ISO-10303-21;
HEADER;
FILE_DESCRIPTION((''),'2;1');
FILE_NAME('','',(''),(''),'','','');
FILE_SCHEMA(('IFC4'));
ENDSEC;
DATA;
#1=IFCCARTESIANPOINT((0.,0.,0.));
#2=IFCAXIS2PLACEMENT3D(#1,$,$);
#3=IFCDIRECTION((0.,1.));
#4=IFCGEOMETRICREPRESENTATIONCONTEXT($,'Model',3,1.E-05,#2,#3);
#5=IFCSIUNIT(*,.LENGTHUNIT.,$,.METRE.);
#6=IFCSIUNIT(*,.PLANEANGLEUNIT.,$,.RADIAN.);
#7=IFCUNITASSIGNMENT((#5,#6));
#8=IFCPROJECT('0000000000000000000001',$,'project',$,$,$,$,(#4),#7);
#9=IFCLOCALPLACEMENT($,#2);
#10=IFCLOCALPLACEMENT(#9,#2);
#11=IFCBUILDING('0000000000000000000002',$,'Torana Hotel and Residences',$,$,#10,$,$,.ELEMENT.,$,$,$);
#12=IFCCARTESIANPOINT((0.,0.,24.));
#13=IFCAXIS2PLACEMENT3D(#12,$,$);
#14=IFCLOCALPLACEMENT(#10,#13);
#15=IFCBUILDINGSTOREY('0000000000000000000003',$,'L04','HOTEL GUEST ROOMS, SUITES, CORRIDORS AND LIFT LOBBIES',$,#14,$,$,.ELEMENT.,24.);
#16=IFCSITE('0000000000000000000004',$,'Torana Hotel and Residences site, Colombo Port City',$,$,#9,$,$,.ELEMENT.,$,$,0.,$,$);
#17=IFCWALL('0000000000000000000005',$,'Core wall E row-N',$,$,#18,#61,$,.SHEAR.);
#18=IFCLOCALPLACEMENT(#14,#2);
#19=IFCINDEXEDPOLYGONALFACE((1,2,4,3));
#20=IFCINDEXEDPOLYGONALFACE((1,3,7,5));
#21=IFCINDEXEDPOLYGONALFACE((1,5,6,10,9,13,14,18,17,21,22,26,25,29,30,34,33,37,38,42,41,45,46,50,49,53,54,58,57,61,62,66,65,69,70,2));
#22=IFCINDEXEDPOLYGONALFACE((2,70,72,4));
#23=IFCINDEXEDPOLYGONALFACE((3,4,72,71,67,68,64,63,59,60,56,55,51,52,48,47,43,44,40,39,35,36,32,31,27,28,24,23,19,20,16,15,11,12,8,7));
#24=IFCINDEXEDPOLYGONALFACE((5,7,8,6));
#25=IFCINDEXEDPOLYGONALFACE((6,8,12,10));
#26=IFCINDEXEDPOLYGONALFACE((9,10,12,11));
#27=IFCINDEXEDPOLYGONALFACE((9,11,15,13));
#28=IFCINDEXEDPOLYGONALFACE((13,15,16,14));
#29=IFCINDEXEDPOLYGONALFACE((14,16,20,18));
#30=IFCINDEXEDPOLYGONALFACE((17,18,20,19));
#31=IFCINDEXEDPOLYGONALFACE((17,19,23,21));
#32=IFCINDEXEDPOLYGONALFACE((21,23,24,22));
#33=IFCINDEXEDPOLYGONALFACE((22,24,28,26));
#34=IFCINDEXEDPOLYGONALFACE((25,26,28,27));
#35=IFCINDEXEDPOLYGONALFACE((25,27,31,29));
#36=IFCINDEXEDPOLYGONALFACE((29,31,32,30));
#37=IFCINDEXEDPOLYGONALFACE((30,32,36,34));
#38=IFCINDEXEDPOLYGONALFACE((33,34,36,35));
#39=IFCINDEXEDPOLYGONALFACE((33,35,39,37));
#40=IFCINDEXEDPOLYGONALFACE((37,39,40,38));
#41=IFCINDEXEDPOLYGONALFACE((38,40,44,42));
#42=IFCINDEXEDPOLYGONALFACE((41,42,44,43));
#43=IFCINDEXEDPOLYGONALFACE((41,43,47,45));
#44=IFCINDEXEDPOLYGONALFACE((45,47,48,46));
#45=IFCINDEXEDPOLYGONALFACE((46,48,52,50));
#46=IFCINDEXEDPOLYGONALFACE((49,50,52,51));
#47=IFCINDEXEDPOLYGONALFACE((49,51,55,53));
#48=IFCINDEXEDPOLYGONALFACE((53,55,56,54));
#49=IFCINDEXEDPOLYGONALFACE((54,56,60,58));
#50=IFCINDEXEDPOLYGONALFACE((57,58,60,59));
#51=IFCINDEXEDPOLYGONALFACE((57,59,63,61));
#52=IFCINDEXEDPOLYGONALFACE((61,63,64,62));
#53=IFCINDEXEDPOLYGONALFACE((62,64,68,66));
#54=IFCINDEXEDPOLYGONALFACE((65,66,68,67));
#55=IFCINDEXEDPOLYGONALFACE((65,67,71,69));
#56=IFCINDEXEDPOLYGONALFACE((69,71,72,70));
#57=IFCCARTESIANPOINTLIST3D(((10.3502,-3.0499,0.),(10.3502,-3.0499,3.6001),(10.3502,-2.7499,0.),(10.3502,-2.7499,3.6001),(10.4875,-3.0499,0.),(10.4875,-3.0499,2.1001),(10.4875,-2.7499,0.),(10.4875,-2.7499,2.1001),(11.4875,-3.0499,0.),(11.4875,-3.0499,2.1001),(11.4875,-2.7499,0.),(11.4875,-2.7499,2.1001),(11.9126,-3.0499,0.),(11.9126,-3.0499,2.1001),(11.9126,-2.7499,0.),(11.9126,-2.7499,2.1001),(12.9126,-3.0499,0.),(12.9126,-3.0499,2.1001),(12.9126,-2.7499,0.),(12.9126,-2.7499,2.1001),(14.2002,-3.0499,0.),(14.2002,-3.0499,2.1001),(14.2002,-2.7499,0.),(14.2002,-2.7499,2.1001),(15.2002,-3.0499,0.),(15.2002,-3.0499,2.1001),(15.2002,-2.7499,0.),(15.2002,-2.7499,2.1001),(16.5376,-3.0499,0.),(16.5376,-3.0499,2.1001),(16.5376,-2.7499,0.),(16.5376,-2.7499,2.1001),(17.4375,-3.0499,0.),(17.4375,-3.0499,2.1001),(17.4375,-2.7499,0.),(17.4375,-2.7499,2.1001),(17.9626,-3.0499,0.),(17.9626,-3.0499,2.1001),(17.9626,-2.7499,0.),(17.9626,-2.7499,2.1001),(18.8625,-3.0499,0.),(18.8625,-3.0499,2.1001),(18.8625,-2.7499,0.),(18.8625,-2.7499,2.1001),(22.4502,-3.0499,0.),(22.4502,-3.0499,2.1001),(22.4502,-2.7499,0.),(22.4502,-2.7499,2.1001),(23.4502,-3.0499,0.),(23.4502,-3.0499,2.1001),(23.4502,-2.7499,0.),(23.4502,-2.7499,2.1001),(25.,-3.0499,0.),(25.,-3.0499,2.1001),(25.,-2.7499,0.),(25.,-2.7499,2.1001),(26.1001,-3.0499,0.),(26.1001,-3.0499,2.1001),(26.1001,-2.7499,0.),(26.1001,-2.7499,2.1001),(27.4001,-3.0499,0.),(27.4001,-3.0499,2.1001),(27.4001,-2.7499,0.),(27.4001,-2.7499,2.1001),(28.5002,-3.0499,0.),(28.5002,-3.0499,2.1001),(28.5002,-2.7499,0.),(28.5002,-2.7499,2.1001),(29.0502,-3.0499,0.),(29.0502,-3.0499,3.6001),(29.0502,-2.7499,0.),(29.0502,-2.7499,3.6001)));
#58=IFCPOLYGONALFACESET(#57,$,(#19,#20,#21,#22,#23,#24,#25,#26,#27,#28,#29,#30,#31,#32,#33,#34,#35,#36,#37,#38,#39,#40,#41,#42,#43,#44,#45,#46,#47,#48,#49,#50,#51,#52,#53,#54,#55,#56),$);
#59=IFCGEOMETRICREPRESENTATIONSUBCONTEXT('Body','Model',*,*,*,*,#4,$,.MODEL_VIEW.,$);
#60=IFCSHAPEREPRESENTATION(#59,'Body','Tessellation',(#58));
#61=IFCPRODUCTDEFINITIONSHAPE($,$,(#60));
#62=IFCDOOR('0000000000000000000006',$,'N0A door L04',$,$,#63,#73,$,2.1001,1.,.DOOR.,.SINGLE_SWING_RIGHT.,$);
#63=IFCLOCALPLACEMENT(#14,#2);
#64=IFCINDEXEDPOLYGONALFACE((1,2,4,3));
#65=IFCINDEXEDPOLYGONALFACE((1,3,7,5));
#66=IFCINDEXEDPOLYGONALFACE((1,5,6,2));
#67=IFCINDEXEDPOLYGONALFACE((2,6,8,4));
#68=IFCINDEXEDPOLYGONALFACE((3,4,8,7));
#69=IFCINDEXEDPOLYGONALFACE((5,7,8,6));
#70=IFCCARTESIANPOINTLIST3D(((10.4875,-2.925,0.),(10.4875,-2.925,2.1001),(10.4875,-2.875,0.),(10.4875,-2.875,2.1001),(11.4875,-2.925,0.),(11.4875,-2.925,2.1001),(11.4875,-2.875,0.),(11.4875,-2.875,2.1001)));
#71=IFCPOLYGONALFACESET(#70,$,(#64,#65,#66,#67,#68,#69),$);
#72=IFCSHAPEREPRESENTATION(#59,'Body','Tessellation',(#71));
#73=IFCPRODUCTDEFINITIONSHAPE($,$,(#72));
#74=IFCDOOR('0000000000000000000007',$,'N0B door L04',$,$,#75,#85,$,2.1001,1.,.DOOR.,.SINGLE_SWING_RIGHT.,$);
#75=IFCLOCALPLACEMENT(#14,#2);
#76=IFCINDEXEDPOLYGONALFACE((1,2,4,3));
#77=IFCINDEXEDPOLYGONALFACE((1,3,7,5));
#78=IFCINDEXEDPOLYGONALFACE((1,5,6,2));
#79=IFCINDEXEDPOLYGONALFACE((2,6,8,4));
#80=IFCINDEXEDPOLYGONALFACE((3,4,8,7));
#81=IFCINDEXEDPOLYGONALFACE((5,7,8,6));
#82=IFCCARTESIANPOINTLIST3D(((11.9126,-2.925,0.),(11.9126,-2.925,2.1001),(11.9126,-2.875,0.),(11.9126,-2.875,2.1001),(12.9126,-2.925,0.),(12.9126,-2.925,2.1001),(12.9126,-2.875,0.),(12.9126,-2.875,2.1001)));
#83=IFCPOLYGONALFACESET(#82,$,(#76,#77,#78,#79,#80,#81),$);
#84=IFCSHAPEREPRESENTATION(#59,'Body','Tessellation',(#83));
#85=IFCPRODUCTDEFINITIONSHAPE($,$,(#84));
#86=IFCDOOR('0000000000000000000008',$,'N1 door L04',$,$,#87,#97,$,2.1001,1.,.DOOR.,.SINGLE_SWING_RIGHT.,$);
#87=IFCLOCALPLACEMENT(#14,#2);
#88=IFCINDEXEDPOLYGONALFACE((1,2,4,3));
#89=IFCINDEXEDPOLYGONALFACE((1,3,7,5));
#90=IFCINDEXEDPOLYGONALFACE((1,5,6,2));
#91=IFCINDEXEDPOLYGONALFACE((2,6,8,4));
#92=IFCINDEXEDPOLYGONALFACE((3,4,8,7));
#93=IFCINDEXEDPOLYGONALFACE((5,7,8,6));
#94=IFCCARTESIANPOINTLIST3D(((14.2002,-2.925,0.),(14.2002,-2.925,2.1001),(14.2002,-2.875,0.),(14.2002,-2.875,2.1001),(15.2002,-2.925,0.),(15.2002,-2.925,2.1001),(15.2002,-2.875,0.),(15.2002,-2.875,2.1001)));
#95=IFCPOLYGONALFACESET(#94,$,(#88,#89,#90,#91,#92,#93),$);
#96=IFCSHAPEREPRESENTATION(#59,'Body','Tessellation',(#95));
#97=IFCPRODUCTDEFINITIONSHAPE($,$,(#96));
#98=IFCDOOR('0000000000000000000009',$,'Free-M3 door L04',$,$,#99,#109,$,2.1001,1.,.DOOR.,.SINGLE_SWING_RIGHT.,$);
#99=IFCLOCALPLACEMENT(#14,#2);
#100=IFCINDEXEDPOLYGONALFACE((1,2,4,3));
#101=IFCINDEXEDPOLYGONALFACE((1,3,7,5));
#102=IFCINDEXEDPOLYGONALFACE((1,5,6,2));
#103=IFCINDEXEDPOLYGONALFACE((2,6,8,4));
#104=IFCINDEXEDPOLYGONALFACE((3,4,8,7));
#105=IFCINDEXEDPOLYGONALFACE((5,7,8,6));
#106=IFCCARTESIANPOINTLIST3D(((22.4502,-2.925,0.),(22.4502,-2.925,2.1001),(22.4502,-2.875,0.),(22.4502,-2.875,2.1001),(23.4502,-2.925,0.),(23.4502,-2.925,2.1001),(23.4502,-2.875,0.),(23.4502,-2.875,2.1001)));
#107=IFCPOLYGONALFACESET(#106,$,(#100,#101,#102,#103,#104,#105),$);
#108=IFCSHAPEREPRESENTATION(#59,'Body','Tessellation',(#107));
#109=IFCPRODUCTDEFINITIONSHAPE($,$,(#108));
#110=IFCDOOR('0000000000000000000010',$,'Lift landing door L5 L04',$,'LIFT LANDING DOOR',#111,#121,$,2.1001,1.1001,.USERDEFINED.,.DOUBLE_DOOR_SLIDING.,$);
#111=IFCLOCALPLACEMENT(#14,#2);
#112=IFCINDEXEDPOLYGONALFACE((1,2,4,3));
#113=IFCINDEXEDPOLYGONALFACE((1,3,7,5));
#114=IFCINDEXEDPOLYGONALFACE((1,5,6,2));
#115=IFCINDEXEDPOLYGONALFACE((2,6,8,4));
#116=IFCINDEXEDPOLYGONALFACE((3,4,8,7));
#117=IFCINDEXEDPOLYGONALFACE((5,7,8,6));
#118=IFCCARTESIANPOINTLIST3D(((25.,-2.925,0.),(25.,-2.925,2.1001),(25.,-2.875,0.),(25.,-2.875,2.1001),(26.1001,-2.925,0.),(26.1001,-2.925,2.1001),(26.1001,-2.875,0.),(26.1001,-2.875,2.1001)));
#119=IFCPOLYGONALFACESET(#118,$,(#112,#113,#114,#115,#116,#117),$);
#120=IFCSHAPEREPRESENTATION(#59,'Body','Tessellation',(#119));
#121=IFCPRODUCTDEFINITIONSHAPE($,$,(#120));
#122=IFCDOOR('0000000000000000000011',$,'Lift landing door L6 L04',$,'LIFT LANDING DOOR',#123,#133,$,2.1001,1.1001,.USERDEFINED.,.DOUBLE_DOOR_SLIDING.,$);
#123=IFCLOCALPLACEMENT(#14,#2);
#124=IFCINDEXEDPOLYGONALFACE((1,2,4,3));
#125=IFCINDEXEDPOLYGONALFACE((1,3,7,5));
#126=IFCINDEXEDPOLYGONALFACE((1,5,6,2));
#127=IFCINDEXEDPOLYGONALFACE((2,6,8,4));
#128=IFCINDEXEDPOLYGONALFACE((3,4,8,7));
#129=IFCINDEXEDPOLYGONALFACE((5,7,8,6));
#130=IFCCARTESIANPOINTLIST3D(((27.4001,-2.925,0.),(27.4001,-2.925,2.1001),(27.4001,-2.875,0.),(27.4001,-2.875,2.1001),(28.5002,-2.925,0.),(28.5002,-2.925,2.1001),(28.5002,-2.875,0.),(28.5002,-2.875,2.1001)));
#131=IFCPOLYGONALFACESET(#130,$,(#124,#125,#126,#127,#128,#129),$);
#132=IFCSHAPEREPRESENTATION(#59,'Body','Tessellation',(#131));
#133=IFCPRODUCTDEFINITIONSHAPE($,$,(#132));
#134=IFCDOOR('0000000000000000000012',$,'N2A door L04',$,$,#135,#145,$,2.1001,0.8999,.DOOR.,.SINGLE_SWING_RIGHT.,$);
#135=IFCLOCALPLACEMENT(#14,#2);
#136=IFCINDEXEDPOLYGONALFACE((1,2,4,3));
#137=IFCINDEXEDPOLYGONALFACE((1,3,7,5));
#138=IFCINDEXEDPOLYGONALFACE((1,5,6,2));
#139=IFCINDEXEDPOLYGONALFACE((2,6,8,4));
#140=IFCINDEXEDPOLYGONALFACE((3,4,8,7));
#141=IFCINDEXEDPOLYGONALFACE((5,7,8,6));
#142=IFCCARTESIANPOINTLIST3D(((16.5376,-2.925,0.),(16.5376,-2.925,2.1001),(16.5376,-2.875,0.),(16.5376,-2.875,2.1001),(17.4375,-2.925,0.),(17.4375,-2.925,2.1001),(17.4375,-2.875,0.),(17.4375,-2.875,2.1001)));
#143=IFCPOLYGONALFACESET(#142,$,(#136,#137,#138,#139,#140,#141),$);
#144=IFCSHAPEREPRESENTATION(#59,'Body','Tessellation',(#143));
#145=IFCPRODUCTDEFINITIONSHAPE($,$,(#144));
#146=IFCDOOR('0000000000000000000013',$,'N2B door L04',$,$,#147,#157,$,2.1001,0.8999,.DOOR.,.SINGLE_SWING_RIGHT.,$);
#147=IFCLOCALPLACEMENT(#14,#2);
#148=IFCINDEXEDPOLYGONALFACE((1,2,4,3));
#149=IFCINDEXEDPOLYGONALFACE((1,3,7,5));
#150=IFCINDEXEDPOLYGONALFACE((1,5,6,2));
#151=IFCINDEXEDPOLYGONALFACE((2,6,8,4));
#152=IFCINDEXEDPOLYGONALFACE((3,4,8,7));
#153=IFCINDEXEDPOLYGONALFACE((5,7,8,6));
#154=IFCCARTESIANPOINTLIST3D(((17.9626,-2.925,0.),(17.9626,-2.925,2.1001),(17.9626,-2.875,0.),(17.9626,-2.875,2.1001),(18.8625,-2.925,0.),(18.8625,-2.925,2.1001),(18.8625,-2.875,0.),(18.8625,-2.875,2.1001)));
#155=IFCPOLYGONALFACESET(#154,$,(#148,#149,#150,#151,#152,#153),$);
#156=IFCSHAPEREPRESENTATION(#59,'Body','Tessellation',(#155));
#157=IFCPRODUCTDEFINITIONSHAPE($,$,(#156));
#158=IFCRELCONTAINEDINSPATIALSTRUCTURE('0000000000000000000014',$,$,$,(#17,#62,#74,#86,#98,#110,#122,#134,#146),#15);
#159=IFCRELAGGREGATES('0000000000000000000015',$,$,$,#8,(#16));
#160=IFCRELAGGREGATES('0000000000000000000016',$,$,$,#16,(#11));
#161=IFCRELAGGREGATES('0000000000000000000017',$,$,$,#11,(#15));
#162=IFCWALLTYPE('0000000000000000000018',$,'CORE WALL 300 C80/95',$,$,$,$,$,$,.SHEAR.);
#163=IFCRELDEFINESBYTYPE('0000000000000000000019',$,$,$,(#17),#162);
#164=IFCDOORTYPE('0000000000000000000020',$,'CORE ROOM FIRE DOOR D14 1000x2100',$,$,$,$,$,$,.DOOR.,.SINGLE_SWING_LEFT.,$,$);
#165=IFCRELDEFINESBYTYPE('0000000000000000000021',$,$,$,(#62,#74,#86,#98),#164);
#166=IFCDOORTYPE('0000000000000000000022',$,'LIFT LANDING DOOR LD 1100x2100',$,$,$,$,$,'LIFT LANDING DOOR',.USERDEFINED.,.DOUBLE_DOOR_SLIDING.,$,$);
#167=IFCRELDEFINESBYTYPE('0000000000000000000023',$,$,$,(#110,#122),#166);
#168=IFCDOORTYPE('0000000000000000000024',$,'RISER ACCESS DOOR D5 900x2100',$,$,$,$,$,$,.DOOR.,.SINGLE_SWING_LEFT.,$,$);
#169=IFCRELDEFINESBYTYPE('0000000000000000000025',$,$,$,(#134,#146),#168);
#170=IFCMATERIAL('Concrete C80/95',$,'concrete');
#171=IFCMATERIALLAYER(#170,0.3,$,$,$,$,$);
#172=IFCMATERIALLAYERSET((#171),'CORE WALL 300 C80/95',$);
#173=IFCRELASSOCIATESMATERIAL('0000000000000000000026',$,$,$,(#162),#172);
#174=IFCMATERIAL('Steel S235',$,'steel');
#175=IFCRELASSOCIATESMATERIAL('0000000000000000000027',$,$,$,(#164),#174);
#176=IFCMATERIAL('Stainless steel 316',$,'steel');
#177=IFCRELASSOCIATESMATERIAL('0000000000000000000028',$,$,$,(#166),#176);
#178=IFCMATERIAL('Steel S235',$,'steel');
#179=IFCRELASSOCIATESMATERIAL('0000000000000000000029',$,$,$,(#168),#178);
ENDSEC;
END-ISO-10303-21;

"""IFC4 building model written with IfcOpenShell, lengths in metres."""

from ifc_helpers import new_model, si_unit, direction, frame, frame_2d, origin, place, context, subcontext, project, spatial, rectangle, extrude, material, layer, layer_set, type_object, element, fill, save


model = new_model("IFC4")

# Units and contexts
model_context = context("Model", 3, precision=1e-05, world=origin(), true_north=direction((0.0, 1.0)))
body_context = subcontext(model_context, "Body", "Model", "MODEL_VIEW")
ifc_project = project(units=[si_unit("LENGTHUNIT", "METRE"), si_unit("PLANEANGLEUNIT", "RADIAN")], contexts=[model_context])

# Site, building, storey
site_placement = place(None, origin())
site = spatial("IfcSite", under=ifc_project, at=site_placement, Name="Torana Hotel and Residences site, Colombo Port City", CompositionType="ELEMENT", RefElevation=0.0)
building_placement = place(site_placement, origin())
building = spatial("IfcBuilding", under=site, at=building_placement, Name="Torana Hotel and Residences", CompositionType="ELEMENT")
storey_placement = place(building_placement, frame((0.0, 0.0, 24.0)))
storey = spatial("IfcBuildingStorey", under=building, at=storey_placement, Name="L04", Description="HOTEL GUEST ROOMS, SUITES, CORRIDORS AND LIFT LOBBIES", CompositionType="ELEMENT", Elevation=24.0)

# Wall, openings, doors
ifc_material_1 = material(Name="Concrete C80/95", Category="concrete")
ifc_layer_1 = layer(ifc_material_1, 0.3)
ifc_layer_set_1 = layer_set([ifc_layer_1], Name="CORE WALL 300 C80/95")
wall_type_1 = type_object("IfcWallType", Name="CORE WALL 300 C80/95", PredefinedType="SHEAR", material=ifc_layer_set_1)
wall_placement = place(storey_placement, frame((10.3501, -2.8999, 0.0), z_axis=(0.0, 0.0, 1.0), x_axis=(1.0, 0.0, 0.0)))
wall = element("IfcWall", 1, at=wall_placement, inside=storey, type_object=wall_type_1, Name="Core wall E row-N", PredefinedType="SHEAR", context=body_context, shape_type="SweptSolid", body=[
    extrude(rectangle(XDim=18.7, YDim=0.3, at=frame_2d((9.3501, 0.0))), origin(), (0.0, 0.0, 1.0), 3.6001),
])
opening_1_placement = place(wall_placement, frame((14.6499, 0.0, 0.0)))
opening_1 = element("IfcOpeningElement", 2, at=opening_1_placement, cuts=wall, PredefinedType="OPENING", context=body_context, shape_type="SweptSolid", body=[
    extrude(rectangle(XDim=1.1001, YDim=2.1001, at=frame_2d((0.55, 1.05))), frame((0.0, 0.1599, 0.0), z_axis=(0.0, -1.0, 0.0), x_axis=(1.0, 0.0, 0.0)), (0.0, 0.0, 1.0), 0.3201),
])
opening_2_placement = place(wall_placement, frame((17.05, 0.0, 0.0)))
opening_2 = element("IfcOpeningElement", 3, at=opening_2_placement, cuts=wall, PredefinedType="OPENING", context=body_context, shape_type="SweptSolid", body=[
    extrude(rectangle(XDim=1.1001, YDim=2.1001, at=frame_2d((0.55, 1.05))), frame((0.0, 0.1599, 0.0), z_axis=(0.0, -1.0, 0.0), x_axis=(1.0, 0.0, 0.0)), (0.0, 0.0, 1.0), 0.3201),
])
opening_3_placement = place(wall_placement, frame((6.1875, 0.0, 0.0)))
opening_3 = element("IfcOpeningElement", 4, at=opening_3_placement, cuts=wall, PredefinedType="OPENING", context=body_context, shape_type="SweptSolid", body=[
    extrude(rectangle(XDim=0.8999, YDim=2.1001, at=frame_2d((0.45, 1.05))), frame((0.0, 0.1599, 0.0), z_axis=(0.0, -1.0, 0.0), x_axis=(1.0, 0.0, 0.0)), (0.0, 0.0, 1.0), 0.3201),
])
opening_4_placement = place(wall_placement, frame((7.6125, 0.0, 0.0)))
opening_4 = element("IfcOpeningElement", 5, at=opening_4_placement, cuts=wall, PredefinedType="OPENING", context=body_context, shape_type="SweptSolid", body=[
    extrude(rectangle(XDim=0.8999, YDim=2.1001, at=frame_2d((0.45, 1.05))), frame((0.0, 0.1599, 0.0), z_axis=(0.0, -1.0, 0.0), x_axis=(1.0, 0.0, 0.0)), (0.0, 0.0, 1.0), 0.3201),
])
opening_5_placement = place(wall_placement, frame((0.1375, 0.0, 0.0)))
opening_5 = element("IfcOpeningElement", 6, at=opening_5_placement, cuts=wall, PredefinedType="OPENING", context=body_context, shape_type="SweptSolid", body=[
    extrude(rectangle(XDim=1.0, YDim=2.1001, at=frame_2d((0.5, 1.05))), frame((0.0, 0.1599, 0.0), z_axis=(0.0, -1.0, 0.0), x_axis=(1.0, 0.0, 0.0)), (0.0, 0.0, 1.0), 0.3201),
])
opening_6_placement = place(wall_placement, frame((1.5625, 0.0, 0.0)))
opening_6 = element("IfcOpeningElement", 7, at=opening_6_placement, cuts=wall, PredefinedType="OPENING", context=body_context, shape_type="SweptSolid", body=[
    extrude(rectangle(XDim=1.0, YDim=2.1001, at=frame_2d((0.5, 1.05))), frame((0.0, 0.1599, 0.0), z_axis=(0.0, -1.0, 0.0), x_axis=(1.0, 0.0, 0.0)), (0.0, 0.0, 1.0), 0.3201),
])
opening_7_placement = place(wall_placement, frame((3.8501, 0.0, 0.0)))
opening_7 = element("IfcOpeningElement", 8, at=opening_7_placement, cuts=wall, PredefinedType="OPENING", context=body_context, shape_type="SweptSolid", body=[
    extrude(rectangle(XDim=1.0, YDim=2.1001, at=frame_2d((0.5, 1.05))), frame((0.0, 0.1599, 0.0), z_axis=(0.0, -1.0, 0.0), x_axis=(1.0, 0.0, 0.0)), (0.0, 0.0, 1.0), 0.3201),
])
opening_8_placement = place(wall_placement, frame((12.1001, 0.0, 0.0)))
opening_8 = element("IfcOpeningElement", 9, at=opening_8_placement, cuts=wall, PredefinedType="OPENING", context=body_context, shape_type="SweptSolid", body=[
    extrude(rectangle(XDim=1.0, YDim=2.1001, at=frame_2d((0.5, 1.05))), frame((0.0, 0.1599, 0.0), z_axis=(0.0, -1.0, 0.0), x_axis=(1.0, 0.0, 0.0)), (0.0, 0.0, 1.0), 0.3201),
])
ifc_material_2 = material(Name="Steel S235", Category="steel")
door_type_1 = type_object("IfcDoorType", Name="CORE ROOM FIRE DOOR D14 1000x2100", OperationType="SINGLE_SWING_LEFT", PredefinedType="DOOR", material=ifc_material_2)
door_1_placement = place(opening_5_placement, origin())
door_1 = element("IfcDoor", 10, at=door_1_placement, inside=storey, type_object=door_type_1, Name="N0A door L04", OperationType="SINGLE_SWING_RIGHT", OverallHeight=2.1001, OverallWidth=1.0, PredefinedType="DOOR", context=body_context, shape_type="SweptSolid", body=[
    extrude(rectangle(XDim=1.0, YDim=2.1001, at=frame_2d((0.5, 1.05))), frame((0.0, 0.0249, 0.0), z_axis=(0.0, -1.0, 0.0), x_axis=(1.0, 0.0, 0.0)), (0.0, 0.0, 1.0), 0.05),
])
fill(opening_5, door_1)
door_2_placement = place(opening_6_placement, origin())
door_2 = element("IfcDoor", 11, at=door_2_placement, inside=storey, type_object=door_type_1, Name="N0B door L04", OperationType="SINGLE_SWING_RIGHT", OverallHeight=2.1001, OverallWidth=1.0, PredefinedType="DOOR", context=body_context, shape_type="SweptSolid", body=[
    extrude(rectangle(XDim=1.0, YDim=2.1001, at=frame_2d((0.5, 1.05))), frame((0.0, 0.0249, 0.0), z_axis=(0.0, -1.0, 0.0), x_axis=(1.0, 0.0, 0.0)), (0.0, 0.0, 1.0), 0.05),
])
fill(opening_6, door_2)
door_3_placement = place(opening_7_placement, origin())
door_3 = element("IfcDoor", 12, at=door_3_placement, inside=storey, type_object=door_type_1, Name="N1 door L04", OperationType="SINGLE_SWING_RIGHT", OverallHeight=2.1001, OverallWidth=1.0, PredefinedType="DOOR", context=body_context, shape_type="SweptSolid", body=[
    extrude(rectangle(XDim=1.0, YDim=2.1001, at=frame_2d((0.5, 1.05))), frame((0.0, 0.0249, 0.0), z_axis=(0.0, -1.0, 0.0), x_axis=(1.0, 0.0, 0.0)), (0.0, 0.0, 1.0), 0.05),
])
fill(opening_7, door_3)
door_4_placement = place(opening_8_placement, origin())
door_4 = element("IfcDoor", 13, at=door_4_placement, inside=storey, type_object=door_type_1, Name="Free-M3 door L04", OperationType="SINGLE_SWING_RIGHT", OverallHeight=2.1001, OverallWidth=1.0, PredefinedType="DOOR", context=body_context, shape_type="SweptSolid", body=[
    extrude(rectangle(XDim=1.0, YDim=2.1001, at=frame_2d((0.5, 1.05))), frame((0.0, 0.0249, 0.0), z_axis=(0.0, -1.0, 0.0), x_axis=(1.0, 0.0, 0.0)), (0.0, 0.0, 1.0), 0.05),
])
fill(opening_8, door_4)
ifc_material_3 = material(Name="Stainless steel 316", Category="steel")
door_type_2 = type_object("IfcDoorType", Name="LIFT LANDING DOOR LD 1100x2100", ElementType="LIFT LANDING DOOR", OperationType="DOUBLE_DOOR_SLIDING", PredefinedType="USERDEFINED", material=ifc_material_3)
door_5_placement = place(opening_1_placement, origin())
door_5 = element("IfcDoor", 14, at=door_5_placement, inside=storey, type_object=door_type_2, Name="Lift landing door L5 L04", ObjectType="LIFT LANDING DOOR", OperationType="DOUBLE_DOOR_SLIDING", OverallHeight=2.1001, OverallWidth=1.1001, PredefinedType="USERDEFINED", context=body_context, shape_type="SweptSolid", body=[
    extrude(rectangle(XDim=1.1001, YDim=2.1001, at=frame_2d((0.55, 1.05))), frame((0.0, 0.0249, 0.0), z_axis=(0.0, -1.0, 0.0), x_axis=(1.0, 0.0, 0.0)), (0.0, 0.0, 1.0), 0.05),
])
fill(opening_1, door_5)
door_6_placement = place(opening_2_placement, origin())
door_6 = element("IfcDoor", 15, at=door_6_placement, inside=storey, type_object=door_type_2, Name="Lift landing door L6 L04", ObjectType="LIFT LANDING DOOR", OperationType="DOUBLE_DOOR_SLIDING", OverallHeight=2.1001, OverallWidth=1.1001, PredefinedType="USERDEFINED", context=body_context, shape_type="SweptSolid", body=[
    extrude(rectangle(XDim=1.1001, YDim=2.1001, at=frame_2d((0.55, 1.05))), frame((0.0, 0.0249, 0.0), z_axis=(0.0, -1.0, 0.0), x_axis=(1.0, 0.0, 0.0)), (0.0, 0.0, 1.0), 0.05),
])
fill(opening_2, door_6)
ifc_material_4 = material(Name="Steel S235", Category="steel")
door_type_3 = type_object("IfcDoorType", Name="RISER ACCESS DOOR D5 900x2100", OperationType="SINGLE_SWING_LEFT", PredefinedType="DOOR", material=ifc_material_4)
door_7_placement = place(opening_3_placement, origin())
door_7 = element("IfcDoor", 16, at=door_7_placement, inside=storey, type_object=door_type_3, Name="N2A door L04", OperationType="SINGLE_SWING_RIGHT", OverallHeight=2.1001, OverallWidth=0.8999, PredefinedType="DOOR", context=body_context, shape_type="SweptSolid", body=[
    extrude(rectangle(XDim=0.8999, YDim=2.1001, at=frame_2d((0.45, 1.05))), frame((0.0, 0.0249, 0.0), z_axis=(0.0, -1.0, 0.0), x_axis=(1.0, 0.0, 0.0)), (0.0, 0.0, 1.0), 0.05),
])
fill(opening_3, door_7)
door_8_placement = place(opening_4_placement, origin())
door_8 = element("IfcDoor", 17, at=door_8_placement, inside=storey, type_object=door_type_3, Name="N2B door L04", OperationType="SINGLE_SWING_RIGHT", OverallHeight=2.1001, OverallWidth=0.8999, PredefinedType="DOOR", context=body_context, shape_type="SweptSolid", body=[
    extrude(rectangle(XDim=0.8999, YDim=2.1001, at=frame_2d((0.45, 1.05))), frame((0.0, 0.0249, 0.0), z_axis=(0.0, -1.0, 0.0), x_axis=(1.0, 0.0, 0.0)), (0.0, 0.0, 1.0), 0.05),
])
fill(opening_4, door_8)

save(model, "model.ifc")
